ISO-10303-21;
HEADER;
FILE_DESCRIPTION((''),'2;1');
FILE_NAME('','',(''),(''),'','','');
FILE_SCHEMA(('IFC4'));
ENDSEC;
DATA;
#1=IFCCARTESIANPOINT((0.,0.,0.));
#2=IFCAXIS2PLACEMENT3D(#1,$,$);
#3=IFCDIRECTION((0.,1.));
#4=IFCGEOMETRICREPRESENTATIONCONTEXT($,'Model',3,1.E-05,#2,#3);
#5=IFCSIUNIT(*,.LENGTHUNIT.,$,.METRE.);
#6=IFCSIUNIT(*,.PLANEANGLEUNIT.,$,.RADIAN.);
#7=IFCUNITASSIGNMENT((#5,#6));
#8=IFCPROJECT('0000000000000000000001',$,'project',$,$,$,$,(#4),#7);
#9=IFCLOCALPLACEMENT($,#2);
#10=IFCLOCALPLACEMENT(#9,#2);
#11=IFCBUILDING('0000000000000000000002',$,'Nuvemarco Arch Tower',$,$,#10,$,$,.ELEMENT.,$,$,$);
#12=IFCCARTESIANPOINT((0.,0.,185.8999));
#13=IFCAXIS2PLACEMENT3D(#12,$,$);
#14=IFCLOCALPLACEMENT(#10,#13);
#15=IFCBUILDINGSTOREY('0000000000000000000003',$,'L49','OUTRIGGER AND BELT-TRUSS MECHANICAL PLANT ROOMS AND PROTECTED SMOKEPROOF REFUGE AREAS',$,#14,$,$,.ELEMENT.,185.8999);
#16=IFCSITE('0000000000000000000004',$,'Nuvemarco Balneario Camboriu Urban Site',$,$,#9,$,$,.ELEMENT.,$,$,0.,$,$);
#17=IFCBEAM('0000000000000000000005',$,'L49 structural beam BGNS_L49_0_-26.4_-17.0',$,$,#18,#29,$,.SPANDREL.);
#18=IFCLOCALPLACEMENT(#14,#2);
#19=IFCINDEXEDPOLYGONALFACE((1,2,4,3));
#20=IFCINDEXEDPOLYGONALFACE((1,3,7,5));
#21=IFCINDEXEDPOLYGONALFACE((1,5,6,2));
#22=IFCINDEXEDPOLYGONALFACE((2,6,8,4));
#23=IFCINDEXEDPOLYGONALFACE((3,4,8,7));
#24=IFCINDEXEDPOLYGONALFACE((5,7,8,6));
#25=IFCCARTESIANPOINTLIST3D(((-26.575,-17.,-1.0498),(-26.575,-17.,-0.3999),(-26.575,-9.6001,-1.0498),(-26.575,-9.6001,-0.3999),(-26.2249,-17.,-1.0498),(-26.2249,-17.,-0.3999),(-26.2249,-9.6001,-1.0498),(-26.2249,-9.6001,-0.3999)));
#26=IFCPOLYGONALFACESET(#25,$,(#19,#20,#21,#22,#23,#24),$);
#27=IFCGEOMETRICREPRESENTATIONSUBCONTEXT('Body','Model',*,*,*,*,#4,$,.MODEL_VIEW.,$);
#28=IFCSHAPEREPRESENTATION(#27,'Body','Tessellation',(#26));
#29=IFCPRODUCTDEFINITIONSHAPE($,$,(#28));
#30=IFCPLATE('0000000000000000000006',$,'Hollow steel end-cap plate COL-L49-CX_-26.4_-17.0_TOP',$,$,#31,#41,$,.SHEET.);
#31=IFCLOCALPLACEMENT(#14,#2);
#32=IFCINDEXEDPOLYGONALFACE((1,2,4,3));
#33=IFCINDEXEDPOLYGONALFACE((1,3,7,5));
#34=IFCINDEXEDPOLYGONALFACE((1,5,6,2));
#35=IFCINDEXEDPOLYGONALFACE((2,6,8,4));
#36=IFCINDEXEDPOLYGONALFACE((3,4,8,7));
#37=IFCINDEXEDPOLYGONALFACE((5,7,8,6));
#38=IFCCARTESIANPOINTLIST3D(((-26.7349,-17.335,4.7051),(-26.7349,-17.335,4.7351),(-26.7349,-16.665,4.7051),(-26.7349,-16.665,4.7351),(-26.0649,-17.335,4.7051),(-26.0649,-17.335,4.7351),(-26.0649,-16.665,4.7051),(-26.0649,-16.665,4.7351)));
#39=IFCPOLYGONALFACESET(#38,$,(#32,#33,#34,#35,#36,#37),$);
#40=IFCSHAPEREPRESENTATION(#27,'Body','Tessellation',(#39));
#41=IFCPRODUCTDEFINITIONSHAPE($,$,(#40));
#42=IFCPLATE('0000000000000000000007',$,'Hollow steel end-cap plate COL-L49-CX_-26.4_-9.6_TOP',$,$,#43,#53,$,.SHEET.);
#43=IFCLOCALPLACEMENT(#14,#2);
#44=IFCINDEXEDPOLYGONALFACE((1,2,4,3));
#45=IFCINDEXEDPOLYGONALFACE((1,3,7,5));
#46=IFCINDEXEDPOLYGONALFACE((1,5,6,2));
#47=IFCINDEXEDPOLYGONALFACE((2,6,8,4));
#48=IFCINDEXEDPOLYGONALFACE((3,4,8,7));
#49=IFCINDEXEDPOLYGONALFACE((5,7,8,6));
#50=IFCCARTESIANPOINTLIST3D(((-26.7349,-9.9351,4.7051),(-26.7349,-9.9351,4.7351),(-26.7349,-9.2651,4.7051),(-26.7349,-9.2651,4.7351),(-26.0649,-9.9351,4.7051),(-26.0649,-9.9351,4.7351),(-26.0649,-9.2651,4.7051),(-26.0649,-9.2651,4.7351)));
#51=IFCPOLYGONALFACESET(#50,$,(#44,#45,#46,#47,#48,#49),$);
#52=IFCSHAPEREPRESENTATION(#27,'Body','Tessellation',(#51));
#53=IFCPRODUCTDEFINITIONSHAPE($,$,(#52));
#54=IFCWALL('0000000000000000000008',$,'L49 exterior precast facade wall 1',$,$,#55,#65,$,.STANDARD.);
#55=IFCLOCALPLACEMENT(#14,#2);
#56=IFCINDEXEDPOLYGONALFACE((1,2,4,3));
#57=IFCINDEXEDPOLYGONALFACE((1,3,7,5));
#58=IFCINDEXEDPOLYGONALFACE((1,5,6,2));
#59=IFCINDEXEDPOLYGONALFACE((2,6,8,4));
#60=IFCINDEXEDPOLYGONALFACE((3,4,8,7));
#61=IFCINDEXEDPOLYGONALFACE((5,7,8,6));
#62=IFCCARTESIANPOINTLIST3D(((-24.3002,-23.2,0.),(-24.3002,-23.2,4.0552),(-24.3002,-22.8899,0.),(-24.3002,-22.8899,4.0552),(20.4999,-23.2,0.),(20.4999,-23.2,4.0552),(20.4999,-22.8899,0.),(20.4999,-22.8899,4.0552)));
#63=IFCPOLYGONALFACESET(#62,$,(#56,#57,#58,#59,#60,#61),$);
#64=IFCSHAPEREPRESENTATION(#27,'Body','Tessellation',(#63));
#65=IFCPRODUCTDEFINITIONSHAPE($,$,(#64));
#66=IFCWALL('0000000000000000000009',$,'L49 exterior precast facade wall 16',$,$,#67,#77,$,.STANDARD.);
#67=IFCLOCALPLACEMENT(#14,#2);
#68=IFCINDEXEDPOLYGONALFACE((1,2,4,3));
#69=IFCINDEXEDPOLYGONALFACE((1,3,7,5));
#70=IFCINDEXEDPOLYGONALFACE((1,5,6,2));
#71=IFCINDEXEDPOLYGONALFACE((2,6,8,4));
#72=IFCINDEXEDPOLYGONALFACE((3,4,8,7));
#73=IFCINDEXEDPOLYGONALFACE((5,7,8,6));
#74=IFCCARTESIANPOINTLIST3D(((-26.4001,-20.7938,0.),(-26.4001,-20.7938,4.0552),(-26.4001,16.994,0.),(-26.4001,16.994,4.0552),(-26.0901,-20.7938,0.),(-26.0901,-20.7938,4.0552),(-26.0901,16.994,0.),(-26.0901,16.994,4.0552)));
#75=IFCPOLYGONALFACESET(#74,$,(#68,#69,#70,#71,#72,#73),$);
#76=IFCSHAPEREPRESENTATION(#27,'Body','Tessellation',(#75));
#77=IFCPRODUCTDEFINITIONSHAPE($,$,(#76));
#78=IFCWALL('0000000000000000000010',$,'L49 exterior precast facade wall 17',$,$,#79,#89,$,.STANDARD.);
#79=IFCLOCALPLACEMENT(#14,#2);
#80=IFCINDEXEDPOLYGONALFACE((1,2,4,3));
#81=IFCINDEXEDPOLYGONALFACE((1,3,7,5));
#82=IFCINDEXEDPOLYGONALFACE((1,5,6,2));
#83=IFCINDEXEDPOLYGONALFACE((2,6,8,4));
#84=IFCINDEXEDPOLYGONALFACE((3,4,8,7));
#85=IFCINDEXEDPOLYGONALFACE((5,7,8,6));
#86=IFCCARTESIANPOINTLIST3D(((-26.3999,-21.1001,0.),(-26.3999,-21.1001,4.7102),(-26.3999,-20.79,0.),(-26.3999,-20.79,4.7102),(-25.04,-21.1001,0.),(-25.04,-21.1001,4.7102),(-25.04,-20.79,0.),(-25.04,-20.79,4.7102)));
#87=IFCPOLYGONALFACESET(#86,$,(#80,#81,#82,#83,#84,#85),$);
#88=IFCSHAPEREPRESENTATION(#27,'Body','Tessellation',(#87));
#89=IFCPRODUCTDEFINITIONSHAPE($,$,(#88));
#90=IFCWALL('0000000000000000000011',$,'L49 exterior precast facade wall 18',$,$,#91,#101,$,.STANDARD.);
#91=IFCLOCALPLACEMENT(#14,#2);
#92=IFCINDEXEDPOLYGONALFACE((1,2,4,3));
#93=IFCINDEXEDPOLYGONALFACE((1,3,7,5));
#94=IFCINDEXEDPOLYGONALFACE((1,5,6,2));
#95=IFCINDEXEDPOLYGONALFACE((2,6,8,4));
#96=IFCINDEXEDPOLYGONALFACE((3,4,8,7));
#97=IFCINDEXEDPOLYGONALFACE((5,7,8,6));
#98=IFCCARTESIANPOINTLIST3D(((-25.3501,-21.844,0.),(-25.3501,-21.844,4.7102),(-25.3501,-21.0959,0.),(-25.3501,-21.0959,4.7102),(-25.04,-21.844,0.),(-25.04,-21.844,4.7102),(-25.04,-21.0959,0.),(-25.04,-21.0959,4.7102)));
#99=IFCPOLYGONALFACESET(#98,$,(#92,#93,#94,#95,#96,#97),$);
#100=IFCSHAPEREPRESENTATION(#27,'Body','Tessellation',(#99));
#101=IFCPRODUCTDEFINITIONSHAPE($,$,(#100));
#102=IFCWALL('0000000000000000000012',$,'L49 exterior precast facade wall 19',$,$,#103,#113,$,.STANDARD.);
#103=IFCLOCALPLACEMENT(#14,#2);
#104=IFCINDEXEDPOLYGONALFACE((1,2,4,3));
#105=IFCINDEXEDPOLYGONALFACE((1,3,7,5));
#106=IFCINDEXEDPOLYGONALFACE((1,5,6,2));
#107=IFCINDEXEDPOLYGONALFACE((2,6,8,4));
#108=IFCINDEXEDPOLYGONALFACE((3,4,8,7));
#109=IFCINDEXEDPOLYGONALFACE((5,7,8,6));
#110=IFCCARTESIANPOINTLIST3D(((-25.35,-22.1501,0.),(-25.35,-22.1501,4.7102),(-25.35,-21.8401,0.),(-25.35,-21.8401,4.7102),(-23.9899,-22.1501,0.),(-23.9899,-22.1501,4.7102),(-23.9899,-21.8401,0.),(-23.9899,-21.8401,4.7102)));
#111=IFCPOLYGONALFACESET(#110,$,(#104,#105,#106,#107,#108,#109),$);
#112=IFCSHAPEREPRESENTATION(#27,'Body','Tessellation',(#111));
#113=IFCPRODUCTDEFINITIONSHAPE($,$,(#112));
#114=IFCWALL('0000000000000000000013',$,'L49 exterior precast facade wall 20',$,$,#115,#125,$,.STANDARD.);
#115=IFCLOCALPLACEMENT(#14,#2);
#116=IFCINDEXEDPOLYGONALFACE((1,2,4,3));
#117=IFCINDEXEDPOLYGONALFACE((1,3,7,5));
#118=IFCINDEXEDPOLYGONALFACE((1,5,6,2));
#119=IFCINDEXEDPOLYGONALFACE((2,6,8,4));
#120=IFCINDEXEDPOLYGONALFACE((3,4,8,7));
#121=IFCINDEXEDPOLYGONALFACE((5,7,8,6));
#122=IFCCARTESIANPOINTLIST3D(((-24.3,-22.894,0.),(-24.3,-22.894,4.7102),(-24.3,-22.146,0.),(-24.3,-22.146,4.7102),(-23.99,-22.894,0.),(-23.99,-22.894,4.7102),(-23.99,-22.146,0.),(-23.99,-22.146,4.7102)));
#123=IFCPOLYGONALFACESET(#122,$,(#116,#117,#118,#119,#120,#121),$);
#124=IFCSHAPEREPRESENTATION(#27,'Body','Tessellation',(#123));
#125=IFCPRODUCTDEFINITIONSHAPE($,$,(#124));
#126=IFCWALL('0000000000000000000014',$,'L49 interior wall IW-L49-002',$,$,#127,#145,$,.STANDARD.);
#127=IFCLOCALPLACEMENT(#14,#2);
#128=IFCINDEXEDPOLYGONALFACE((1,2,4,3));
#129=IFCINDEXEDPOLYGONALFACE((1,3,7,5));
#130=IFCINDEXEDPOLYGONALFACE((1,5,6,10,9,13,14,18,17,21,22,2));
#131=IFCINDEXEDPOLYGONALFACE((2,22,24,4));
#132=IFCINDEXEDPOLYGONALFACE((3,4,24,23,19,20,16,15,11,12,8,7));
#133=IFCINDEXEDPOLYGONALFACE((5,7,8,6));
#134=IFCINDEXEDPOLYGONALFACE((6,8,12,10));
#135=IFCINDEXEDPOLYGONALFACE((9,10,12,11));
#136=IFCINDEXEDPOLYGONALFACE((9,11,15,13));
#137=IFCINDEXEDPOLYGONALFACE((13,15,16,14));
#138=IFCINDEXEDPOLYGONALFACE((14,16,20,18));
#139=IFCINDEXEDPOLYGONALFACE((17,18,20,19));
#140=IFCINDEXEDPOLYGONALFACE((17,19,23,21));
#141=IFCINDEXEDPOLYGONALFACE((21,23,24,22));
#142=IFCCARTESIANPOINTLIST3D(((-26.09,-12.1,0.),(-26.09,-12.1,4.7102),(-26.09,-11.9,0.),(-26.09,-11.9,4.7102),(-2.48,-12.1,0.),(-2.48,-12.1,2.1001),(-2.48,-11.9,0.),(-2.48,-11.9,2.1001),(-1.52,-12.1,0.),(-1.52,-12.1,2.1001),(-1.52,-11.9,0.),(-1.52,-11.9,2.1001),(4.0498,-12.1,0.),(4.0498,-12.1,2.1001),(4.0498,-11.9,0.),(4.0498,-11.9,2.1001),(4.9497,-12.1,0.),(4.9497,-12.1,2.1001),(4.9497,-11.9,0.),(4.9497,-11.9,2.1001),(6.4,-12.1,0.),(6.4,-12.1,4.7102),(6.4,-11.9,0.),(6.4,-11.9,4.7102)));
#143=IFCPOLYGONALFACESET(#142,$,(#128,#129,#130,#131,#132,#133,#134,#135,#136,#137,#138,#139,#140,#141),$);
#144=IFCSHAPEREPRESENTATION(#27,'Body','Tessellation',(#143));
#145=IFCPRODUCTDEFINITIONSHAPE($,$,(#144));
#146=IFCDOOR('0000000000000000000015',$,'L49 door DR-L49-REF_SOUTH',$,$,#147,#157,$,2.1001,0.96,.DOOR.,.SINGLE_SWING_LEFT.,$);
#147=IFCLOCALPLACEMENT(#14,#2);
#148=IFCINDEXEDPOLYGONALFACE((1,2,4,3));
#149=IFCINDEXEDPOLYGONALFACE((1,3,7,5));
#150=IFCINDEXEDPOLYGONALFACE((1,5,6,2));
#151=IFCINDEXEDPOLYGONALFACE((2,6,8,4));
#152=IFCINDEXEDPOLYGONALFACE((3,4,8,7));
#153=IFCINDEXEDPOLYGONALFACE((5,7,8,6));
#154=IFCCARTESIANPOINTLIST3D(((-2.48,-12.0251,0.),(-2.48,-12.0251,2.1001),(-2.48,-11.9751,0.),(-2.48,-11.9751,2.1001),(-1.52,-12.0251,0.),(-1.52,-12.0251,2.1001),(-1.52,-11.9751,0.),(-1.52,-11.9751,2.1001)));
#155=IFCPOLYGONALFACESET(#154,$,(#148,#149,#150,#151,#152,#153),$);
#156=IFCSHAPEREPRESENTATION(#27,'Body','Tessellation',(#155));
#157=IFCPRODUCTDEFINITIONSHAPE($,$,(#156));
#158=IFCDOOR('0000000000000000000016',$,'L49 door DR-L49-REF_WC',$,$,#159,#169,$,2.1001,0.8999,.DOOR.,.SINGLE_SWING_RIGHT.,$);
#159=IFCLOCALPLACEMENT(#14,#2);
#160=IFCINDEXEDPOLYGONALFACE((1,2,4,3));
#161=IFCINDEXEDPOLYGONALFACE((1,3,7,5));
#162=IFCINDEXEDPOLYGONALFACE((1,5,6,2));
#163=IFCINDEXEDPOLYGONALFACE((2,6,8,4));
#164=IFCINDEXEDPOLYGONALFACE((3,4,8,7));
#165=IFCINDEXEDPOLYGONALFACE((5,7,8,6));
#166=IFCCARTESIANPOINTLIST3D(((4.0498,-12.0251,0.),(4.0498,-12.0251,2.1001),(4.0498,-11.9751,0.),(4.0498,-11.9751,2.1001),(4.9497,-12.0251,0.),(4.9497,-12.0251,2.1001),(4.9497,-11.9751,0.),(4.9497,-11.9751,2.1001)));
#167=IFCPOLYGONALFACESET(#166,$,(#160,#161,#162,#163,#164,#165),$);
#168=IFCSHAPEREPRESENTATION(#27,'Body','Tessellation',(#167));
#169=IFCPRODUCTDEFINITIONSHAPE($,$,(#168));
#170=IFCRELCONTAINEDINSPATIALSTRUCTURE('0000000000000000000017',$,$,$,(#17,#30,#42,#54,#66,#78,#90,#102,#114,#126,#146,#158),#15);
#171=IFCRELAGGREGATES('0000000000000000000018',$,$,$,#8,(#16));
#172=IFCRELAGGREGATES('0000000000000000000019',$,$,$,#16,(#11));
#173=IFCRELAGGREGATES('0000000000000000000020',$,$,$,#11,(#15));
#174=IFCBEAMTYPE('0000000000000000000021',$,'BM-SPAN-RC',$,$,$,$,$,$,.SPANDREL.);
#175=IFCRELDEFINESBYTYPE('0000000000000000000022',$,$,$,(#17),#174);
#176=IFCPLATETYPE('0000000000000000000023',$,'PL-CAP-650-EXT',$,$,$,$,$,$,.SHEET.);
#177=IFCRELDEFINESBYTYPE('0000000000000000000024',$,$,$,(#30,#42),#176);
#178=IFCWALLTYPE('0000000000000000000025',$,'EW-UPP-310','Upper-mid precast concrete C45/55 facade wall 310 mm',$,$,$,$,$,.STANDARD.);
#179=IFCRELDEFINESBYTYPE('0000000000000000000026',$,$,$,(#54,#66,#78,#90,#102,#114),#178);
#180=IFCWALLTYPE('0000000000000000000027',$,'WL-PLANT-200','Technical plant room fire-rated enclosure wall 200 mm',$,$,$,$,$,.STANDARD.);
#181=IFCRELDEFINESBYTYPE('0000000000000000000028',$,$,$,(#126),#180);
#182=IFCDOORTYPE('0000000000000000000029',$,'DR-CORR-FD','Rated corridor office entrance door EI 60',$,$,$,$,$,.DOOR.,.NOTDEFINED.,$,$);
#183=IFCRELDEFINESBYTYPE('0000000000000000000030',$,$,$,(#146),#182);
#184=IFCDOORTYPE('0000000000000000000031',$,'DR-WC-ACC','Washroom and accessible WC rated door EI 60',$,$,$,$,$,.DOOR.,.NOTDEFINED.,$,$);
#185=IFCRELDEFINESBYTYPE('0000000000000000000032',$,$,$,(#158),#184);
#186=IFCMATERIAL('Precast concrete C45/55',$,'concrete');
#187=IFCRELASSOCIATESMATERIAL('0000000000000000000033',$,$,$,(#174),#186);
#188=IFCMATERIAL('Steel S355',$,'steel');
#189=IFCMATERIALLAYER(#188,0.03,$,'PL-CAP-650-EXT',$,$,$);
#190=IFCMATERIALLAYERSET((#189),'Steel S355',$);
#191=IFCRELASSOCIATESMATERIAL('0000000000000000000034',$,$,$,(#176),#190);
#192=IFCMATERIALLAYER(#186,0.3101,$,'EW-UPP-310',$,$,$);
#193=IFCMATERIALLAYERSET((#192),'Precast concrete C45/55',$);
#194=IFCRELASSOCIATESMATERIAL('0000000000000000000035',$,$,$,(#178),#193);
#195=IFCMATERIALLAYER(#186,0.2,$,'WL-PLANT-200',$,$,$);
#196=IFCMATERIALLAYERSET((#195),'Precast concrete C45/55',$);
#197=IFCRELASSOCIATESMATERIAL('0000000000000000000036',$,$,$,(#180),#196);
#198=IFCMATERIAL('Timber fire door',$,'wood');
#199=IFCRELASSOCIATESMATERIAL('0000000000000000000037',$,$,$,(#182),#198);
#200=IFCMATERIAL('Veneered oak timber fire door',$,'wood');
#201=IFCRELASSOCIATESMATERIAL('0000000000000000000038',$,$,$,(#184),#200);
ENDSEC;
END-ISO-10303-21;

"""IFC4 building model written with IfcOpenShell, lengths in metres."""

from ifc_helpers import new_model, si_unit, direction, frame, frame_2d, origin, origin_2d, place, context, subcontext, project, spatial, rectangle, extrude, source, transform, mapped, material, layer, layer_set, material_profile, profile_set, type_object, type_shapes, element, fill, save


model = new_model("IFC4")

# Units and contexts
model_context = context("Model", 3, precision=1e-05, world=origin(), true_north=direction((0.0, 1.0)))
body_context = subcontext(model_context, "Body", "Model", "MODEL_VIEW")
ifc_project = project(units=[si_unit("LENGTHUNIT", "METRE"), si_unit("PLANEANGLEUNIT", "RADIAN")], contexts=[model_context])

# Site, building, storey
site_placement = place(None, origin())
site = spatial("IfcSite", under=ifc_project, at=site_placement, Name="Nuvemarco Balneario Camboriu Urban Site", CompositionType="ELEMENT", RefElevation=0.0)
building_placement = place(site_placement, origin())
building = spatial("IfcBuilding", under=site, at=building_placement, Name="Nuvemarco Arch Tower", CompositionType="ELEMENT")
storey_placement = place(building_placement, frame((0.0, 0.0, 185.8999)))
storey = spatial("IfcBuildingStorey", under=building, at=storey_placement, Name="L49", Description="OUTRIGGER AND BELT-TRUSS MECHANICAL PLANT ROOMS AND PROTECTED SMOKEPROOF REFUGE AREAS", CompositionType="ELEMENT", Elevation=185.8999)

# Shared definitions
ifc_material_1 = material(Name="Steel S355", Category="steel")

# Beam
ifc_material_2 = material(Name="Precast concrete C45/55", Category="concrete")
ifc_material_profile_1 = material_profile(ifc_material_2, rectangle(XDim=0.3501, YDim=0.6499, at=origin_2d()), Name="PC-SP-350x650")
ifc_profile_set_1 = profile_set([ifc_material_profile_1], Name="Precast concrete C45/55")
beam_type_1 = type_object("IfcBeamType", Name="BM-SPAN-RC", PredefinedType="SPANDREL", material=ifc_profile_set_1)
beam_1_placement = place(storey_placement, frame((-26.3999, -17.0, -0.7249), z_axis=(0.0, 1.0, 0.0), x_axis=(-1.0, 0.0, 0.0)))
element("IfcBeam", 1, at=beam_1_placement, inside=storey, type_object=beam_type_1, Name="L49 structural beam BGNS_L49_0_-26.4_-17.0", PredefinedType="SPANDREL", context=body_context, shape_type="SweptSolid", body=[
    extrude(rectangle(XDim=0.3501, YDim=0.6499, at=origin_2d()), origin(), (0.0, 0.0, 1.0), 7.3999),
])

# Plates
ifc_layer_1 = layer(ifc_material_1, 0.03, Name="PL-CAP-650-EXT")
ifc_layer_set_1 = layer_set([ifc_layer_1], Name="Steel S355")
plate_type = type_object("IfcPlateType", Name="PL-CAP-650-EXT", PredefinedType="SHEET", material=ifc_layer_set_1)
shared_shape_1 = source(origin(), body_context, "Body", "SweptSolid", [
    extrude(rectangle(XDim=0.6699, YDim=0.6699, at=origin_2d()), origin(), (0.0, 0.0, 1.0), 0.03),
])
type_shapes(plate_type, [shared_shape_1])
for number, where, z_axis, x_axis, name in (
    (2, (-26.3999, -17.0, 4.7051), (0.0, 0.0, 1.0), (1.0, 0.0, 0.0), "Hollow steel end-cap plate COL-L49-CX_-26.4_-17.0_TOP"),
    (3, (-26.3999, -9.6001, 4.7051), (0.0, 0.0, 1.0), (1.0, 0.0, 0.0), "Hollow steel end-cap plate COL-L49-CX_-26.4_-9.6_TOP"),
):
    element("IfcPlate", number, at=place(storey_placement, frame(where, z_axis=z_axis, x_axis=x_axis)), inside=storey, type_object=plate_type, Name=name, PredefinedType="SHEET", context=body_context, shape_type="MappedRepresentation", body=[
        mapped(shared_shape_1, transform((0.0, 0.0, 0.0), scale=1.0)),
    ])

# Walls
ifc_layer_2 = layer(ifc_material_2, 0.3101, Name="EW-UPP-310")
ifc_layer_set_2 = layer_set([ifc_layer_2], Name="Precast concrete C45/55")
wall_type_1 = type_object("IfcWallType", Name="EW-UPP-310", Description="Upper-mid precast concrete C45/55 facade wall 310 mm", PredefinedType="STANDARD", material=ifc_layer_set_2)
wall_1_placement = place(storey_placement, frame((-24.3, -23.0449, 0.0), z_axis=(0.0, 0.0, 1.0), x_axis=(1.0, 0.0, 0.0)))
element("IfcWall", 4, at=wall_1_placement, inside=storey, type_object=wall_type_1, Name="L49 exterior precast facade wall 1", PredefinedType="STANDARD", context=body_context, shape_type="SweptSolid", body=[
    extrude(rectangle(XDim=44.8, YDim=0.3101, at=frame_2d((22.3999, 0.0))), origin(), (0.0, 0.0, 1.0), 4.0552),
])
wall_2_placement = place(storey_placement, frame((-26.2451, -20.7939, 0.0), z_axis=(0.0, 0.0, 1.0), x_axis=(0.0, 1.0, 0.0)))
element("IfcWall", 5, at=wall_2_placement, inside=storey, type_object=wall_type_1, Name="L49 exterior precast facade wall 16", PredefinedType="STANDARD", context=body_context, shape_type="SweptSolid", body=[
    extrude(rectangle(XDim=37.7878, YDim=0.3101, at=frame_2d((18.894, 0.0))), origin(), (0.0, 0.0, 1.0), 4.0552),
])
wall_3_placement = place(storey_placement, frame((-26.3999, -20.9451, 0.0), z_axis=(0.0, 0.0, 1.0), x_axis=(1.0, 0.0, 0.0)))
element("IfcWall", 6, at=wall_3_placement, inside=storey, type_object=wall_type_1, Name="L49 exterior precast facade wall 17", PredefinedType="STANDARD", context=body_context, shape_type="SweptSolid", body=[
    extrude(rectangle(XDim=1.3599, YDim=0.3101, at=frame_2d((0.6799, 0.0))), origin(), (0.0, 0.0, 1.0), 4.7102),
])
wall_4_placement = place(storey_placement, frame((-25.1951, -21.844, 0.0), z_axis=(0.0, 0.0, 1.0), x_axis=(0.0, 1.0, 0.0)))
element("IfcWall", 7, at=wall_4_placement, inside=storey, type_object=wall_type_1, Name="L49 exterior precast facade wall 18", PredefinedType="STANDARD", context=body_context, shape_type="SweptSolid", body=[
    extrude(rectangle(XDim=0.748, YDim=0.3101, at=frame_2d((0.374, 0.0))), origin(), (0.0, 0.0, 1.0), 4.7102),
])
wall_5_placement = place(storey_placement, frame((-25.3501, -21.9951, 0.0), z_axis=(0.0, 0.0, 1.0), x_axis=(1.0, 0.0, 0.0)))
element("IfcWall", 8, at=wall_5_placement, inside=storey, type_object=wall_type_1, Name="L49 exterior precast facade wall 19", PredefinedType="STANDARD", context=body_context, shape_type="SweptSolid", body=[
    extrude(rectangle(XDim=1.3601, YDim=0.3101, at=frame_2d((0.6802, 0.0))), origin(), (0.0, 0.0, 1.0), 4.7102),
])
wall_6_placement = place(storey_placement, frame((-24.145, -22.894, 0.0), z_axis=(0.0, 0.0, 1.0), x_axis=(0.0, 1.0, 0.0)))
element("IfcWall", 9, at=wall_6_placement, inside=storey, type_object=wall_type_1, Name="L49 exterior precast facade wall 20", PredefinedType="STANDARD", context=body_context, shape_type="SweptSolid", body=[
    extrude(rectangle(XDim=0.748, YDim=0.3101, at=frame_2d((0.374, 0.0))), origin(), (0.0, 0.0, 1.0), 4.7102),
])

# Wall, openings, doors
ifc_layer_3 = layer(ifc_material_2, 0.2, Name="WL-PLANT-200")
ifc_layer_set_3 = layer_set([ifc_layer_3], Name="Precast concrete C45/55")
wall_type_2 = type_object("IfcWallType", Name="WL-PLANT-200", Description="Technical plant room fire-rated enclosure wall 200 mm", PredefinedType="STANDARD", material=ifc_layer_set_3)
wall_7_placement = place(storey_placement, frame((-26.0901, -12.0, 0.0), z_axis=(0.0, 0.0, 1.0), x_axis=(1.0, 0.0, 0.0)))
wall_7 = element("IfcWall", 10, at=wall_7_placement, inside=storey, type_object=wall_type_2, Name="L49 interior wall IW-L49-002", PredefinedType="STANDARD", context=body_context, shape_type="SweptSolid", body=[
    extrude(rectangle(XDim=32.49, YDim=0.2, at=frame_2d((16.2451, 0.0))), origin(), (0.0, 0.0, 1.0), 4.7102),
])
opening_1_placement = place(wall_7_placement, frame((23.6101, 0.0, 0.0)))
opening_1 = element("IfcOpeningElement", 11, at=opening_1_placement, cuts=wall_7, PredefinedType="OPENING", context=body_context, shape_type="SweptSolid", body=[
    extrude(rectangle(XDim=0.96, YDim=2.1001, at=frame_2d((0.48, 1.05))), frame((0.0, 0.1099, 0.0), z_axis=(0.0, -1.0, 0.0), x_axis=(1.0, 0.0, 0.0)), (0.0, 0.0, 1.0), 0.22),
])
opening_2_placement = place(wall_7_placement, frame((30.1399, 0.0, 0.0)))
opening_2 = element("IfcOpeningElement", 12, at=opening_2_placement, cuts=wall_7, PredefinedType="OPENING", context=body_context, shape_type="SweptSolid", body=[
    extrude(rectangle(XDim=0.8999, YDim=2.1001, at=frame_2d((0.45, 1.05))), frame((0.0, 0.1099, 0.0), z_axis=(0.0, -1.0, 0.0), x_axis=(1.0, 0.0, 0.0)), (0.0, 0.0, 1.0), 0.22),
])
ifc_material_3 = material(Name="Timber fire door", Category="wood")
door_type_1 = type_object("IfcDoorType", Name="DR-CORR-FD", Description="Rated corridor office entrance door EI 60", OperationType="NOTDEFINED", PredefinedType="DOOR", material=ifc_material_3)
shared_shape_2 = source(origin(), body_context, "Body", "SweptSolid", [
    extrude(rectangle(XDim=0.96, YDim=2.1001, at=frame_2d((0.48, 1.05))), frame((0.0, 0.0249, 0.0), z_axis=(0.0, -1.0, 0.0), x_axis=(1.0, 0.0, 0.0)), (0.0, 0.0, 1.0), 0.05),
])
type_shapes(door_type_1, [shared_shape_2])
door_1_placement = place(opening_1_placement, origin())
door_1 = element("IfcDoor", 13, at=door_1_placement, inside=storey, type_object=door_type_1, Name="L49 door DR-L49-REF_SOUTH", OperationType="SINGLE_SWING_LEFT", OverallHeight=2.1001, OverallWidth=0.96, PredefinedType="DOOR", context=body_context, shape_type="MappedRepresentation", body=[
    mapped(shared_shape_2, transform((0.0, 0.0, 0.0), scale=1.0)),
])
fill(opening_1, door_1)
ifc_material_4 = material(Name="Veneered oak timber fire door", Category="wood")
door_type_2 = type_object("IfcDoorType", Name="DR-WC-ACC", Description="Washroom and accessible WC rated door EI 60", OperationType="NOTDEFINED", PredefinedType="DOOR", material=ifc_material_4)
shared_shape_3 = source(origin(), body_context, "Body", "SweptSolid", [
    extrude(rectangle(XDim=0.8999, YDim=2.1001, at=frame_2d((0.45, 1.05))), frame((0.0, 0.0249, 0.0), z_axis=(0.0, -1.0, 0.0), x_axis=(1.0, 0.0, 0.0)), (0.0, 0.0, 1.0), 0.05),
])
type_shapes(door_type_2, [shared_shape_3])
door_2_placement = place(opening_2_placement, origin())
door_2 = element("IfcDoor", 14, at=door_2_placement, inside=storey, type_object=door_type_2, Name="L49 door DR-L49-REF_WC", OperationType="SINGLE_SWING_RIGHT", OverallHeight=2.1001, OverallWidth=0.8999, PredefinedType="DOOR", context=body_context, shape_type="MappedRepresentation", body=[
    mapped(shared_shape_3, transform((0.0, 0.0, 0.0), scale=1.0)),
])
fill(opening_2, door_2)

save(model, "model.ifc")
